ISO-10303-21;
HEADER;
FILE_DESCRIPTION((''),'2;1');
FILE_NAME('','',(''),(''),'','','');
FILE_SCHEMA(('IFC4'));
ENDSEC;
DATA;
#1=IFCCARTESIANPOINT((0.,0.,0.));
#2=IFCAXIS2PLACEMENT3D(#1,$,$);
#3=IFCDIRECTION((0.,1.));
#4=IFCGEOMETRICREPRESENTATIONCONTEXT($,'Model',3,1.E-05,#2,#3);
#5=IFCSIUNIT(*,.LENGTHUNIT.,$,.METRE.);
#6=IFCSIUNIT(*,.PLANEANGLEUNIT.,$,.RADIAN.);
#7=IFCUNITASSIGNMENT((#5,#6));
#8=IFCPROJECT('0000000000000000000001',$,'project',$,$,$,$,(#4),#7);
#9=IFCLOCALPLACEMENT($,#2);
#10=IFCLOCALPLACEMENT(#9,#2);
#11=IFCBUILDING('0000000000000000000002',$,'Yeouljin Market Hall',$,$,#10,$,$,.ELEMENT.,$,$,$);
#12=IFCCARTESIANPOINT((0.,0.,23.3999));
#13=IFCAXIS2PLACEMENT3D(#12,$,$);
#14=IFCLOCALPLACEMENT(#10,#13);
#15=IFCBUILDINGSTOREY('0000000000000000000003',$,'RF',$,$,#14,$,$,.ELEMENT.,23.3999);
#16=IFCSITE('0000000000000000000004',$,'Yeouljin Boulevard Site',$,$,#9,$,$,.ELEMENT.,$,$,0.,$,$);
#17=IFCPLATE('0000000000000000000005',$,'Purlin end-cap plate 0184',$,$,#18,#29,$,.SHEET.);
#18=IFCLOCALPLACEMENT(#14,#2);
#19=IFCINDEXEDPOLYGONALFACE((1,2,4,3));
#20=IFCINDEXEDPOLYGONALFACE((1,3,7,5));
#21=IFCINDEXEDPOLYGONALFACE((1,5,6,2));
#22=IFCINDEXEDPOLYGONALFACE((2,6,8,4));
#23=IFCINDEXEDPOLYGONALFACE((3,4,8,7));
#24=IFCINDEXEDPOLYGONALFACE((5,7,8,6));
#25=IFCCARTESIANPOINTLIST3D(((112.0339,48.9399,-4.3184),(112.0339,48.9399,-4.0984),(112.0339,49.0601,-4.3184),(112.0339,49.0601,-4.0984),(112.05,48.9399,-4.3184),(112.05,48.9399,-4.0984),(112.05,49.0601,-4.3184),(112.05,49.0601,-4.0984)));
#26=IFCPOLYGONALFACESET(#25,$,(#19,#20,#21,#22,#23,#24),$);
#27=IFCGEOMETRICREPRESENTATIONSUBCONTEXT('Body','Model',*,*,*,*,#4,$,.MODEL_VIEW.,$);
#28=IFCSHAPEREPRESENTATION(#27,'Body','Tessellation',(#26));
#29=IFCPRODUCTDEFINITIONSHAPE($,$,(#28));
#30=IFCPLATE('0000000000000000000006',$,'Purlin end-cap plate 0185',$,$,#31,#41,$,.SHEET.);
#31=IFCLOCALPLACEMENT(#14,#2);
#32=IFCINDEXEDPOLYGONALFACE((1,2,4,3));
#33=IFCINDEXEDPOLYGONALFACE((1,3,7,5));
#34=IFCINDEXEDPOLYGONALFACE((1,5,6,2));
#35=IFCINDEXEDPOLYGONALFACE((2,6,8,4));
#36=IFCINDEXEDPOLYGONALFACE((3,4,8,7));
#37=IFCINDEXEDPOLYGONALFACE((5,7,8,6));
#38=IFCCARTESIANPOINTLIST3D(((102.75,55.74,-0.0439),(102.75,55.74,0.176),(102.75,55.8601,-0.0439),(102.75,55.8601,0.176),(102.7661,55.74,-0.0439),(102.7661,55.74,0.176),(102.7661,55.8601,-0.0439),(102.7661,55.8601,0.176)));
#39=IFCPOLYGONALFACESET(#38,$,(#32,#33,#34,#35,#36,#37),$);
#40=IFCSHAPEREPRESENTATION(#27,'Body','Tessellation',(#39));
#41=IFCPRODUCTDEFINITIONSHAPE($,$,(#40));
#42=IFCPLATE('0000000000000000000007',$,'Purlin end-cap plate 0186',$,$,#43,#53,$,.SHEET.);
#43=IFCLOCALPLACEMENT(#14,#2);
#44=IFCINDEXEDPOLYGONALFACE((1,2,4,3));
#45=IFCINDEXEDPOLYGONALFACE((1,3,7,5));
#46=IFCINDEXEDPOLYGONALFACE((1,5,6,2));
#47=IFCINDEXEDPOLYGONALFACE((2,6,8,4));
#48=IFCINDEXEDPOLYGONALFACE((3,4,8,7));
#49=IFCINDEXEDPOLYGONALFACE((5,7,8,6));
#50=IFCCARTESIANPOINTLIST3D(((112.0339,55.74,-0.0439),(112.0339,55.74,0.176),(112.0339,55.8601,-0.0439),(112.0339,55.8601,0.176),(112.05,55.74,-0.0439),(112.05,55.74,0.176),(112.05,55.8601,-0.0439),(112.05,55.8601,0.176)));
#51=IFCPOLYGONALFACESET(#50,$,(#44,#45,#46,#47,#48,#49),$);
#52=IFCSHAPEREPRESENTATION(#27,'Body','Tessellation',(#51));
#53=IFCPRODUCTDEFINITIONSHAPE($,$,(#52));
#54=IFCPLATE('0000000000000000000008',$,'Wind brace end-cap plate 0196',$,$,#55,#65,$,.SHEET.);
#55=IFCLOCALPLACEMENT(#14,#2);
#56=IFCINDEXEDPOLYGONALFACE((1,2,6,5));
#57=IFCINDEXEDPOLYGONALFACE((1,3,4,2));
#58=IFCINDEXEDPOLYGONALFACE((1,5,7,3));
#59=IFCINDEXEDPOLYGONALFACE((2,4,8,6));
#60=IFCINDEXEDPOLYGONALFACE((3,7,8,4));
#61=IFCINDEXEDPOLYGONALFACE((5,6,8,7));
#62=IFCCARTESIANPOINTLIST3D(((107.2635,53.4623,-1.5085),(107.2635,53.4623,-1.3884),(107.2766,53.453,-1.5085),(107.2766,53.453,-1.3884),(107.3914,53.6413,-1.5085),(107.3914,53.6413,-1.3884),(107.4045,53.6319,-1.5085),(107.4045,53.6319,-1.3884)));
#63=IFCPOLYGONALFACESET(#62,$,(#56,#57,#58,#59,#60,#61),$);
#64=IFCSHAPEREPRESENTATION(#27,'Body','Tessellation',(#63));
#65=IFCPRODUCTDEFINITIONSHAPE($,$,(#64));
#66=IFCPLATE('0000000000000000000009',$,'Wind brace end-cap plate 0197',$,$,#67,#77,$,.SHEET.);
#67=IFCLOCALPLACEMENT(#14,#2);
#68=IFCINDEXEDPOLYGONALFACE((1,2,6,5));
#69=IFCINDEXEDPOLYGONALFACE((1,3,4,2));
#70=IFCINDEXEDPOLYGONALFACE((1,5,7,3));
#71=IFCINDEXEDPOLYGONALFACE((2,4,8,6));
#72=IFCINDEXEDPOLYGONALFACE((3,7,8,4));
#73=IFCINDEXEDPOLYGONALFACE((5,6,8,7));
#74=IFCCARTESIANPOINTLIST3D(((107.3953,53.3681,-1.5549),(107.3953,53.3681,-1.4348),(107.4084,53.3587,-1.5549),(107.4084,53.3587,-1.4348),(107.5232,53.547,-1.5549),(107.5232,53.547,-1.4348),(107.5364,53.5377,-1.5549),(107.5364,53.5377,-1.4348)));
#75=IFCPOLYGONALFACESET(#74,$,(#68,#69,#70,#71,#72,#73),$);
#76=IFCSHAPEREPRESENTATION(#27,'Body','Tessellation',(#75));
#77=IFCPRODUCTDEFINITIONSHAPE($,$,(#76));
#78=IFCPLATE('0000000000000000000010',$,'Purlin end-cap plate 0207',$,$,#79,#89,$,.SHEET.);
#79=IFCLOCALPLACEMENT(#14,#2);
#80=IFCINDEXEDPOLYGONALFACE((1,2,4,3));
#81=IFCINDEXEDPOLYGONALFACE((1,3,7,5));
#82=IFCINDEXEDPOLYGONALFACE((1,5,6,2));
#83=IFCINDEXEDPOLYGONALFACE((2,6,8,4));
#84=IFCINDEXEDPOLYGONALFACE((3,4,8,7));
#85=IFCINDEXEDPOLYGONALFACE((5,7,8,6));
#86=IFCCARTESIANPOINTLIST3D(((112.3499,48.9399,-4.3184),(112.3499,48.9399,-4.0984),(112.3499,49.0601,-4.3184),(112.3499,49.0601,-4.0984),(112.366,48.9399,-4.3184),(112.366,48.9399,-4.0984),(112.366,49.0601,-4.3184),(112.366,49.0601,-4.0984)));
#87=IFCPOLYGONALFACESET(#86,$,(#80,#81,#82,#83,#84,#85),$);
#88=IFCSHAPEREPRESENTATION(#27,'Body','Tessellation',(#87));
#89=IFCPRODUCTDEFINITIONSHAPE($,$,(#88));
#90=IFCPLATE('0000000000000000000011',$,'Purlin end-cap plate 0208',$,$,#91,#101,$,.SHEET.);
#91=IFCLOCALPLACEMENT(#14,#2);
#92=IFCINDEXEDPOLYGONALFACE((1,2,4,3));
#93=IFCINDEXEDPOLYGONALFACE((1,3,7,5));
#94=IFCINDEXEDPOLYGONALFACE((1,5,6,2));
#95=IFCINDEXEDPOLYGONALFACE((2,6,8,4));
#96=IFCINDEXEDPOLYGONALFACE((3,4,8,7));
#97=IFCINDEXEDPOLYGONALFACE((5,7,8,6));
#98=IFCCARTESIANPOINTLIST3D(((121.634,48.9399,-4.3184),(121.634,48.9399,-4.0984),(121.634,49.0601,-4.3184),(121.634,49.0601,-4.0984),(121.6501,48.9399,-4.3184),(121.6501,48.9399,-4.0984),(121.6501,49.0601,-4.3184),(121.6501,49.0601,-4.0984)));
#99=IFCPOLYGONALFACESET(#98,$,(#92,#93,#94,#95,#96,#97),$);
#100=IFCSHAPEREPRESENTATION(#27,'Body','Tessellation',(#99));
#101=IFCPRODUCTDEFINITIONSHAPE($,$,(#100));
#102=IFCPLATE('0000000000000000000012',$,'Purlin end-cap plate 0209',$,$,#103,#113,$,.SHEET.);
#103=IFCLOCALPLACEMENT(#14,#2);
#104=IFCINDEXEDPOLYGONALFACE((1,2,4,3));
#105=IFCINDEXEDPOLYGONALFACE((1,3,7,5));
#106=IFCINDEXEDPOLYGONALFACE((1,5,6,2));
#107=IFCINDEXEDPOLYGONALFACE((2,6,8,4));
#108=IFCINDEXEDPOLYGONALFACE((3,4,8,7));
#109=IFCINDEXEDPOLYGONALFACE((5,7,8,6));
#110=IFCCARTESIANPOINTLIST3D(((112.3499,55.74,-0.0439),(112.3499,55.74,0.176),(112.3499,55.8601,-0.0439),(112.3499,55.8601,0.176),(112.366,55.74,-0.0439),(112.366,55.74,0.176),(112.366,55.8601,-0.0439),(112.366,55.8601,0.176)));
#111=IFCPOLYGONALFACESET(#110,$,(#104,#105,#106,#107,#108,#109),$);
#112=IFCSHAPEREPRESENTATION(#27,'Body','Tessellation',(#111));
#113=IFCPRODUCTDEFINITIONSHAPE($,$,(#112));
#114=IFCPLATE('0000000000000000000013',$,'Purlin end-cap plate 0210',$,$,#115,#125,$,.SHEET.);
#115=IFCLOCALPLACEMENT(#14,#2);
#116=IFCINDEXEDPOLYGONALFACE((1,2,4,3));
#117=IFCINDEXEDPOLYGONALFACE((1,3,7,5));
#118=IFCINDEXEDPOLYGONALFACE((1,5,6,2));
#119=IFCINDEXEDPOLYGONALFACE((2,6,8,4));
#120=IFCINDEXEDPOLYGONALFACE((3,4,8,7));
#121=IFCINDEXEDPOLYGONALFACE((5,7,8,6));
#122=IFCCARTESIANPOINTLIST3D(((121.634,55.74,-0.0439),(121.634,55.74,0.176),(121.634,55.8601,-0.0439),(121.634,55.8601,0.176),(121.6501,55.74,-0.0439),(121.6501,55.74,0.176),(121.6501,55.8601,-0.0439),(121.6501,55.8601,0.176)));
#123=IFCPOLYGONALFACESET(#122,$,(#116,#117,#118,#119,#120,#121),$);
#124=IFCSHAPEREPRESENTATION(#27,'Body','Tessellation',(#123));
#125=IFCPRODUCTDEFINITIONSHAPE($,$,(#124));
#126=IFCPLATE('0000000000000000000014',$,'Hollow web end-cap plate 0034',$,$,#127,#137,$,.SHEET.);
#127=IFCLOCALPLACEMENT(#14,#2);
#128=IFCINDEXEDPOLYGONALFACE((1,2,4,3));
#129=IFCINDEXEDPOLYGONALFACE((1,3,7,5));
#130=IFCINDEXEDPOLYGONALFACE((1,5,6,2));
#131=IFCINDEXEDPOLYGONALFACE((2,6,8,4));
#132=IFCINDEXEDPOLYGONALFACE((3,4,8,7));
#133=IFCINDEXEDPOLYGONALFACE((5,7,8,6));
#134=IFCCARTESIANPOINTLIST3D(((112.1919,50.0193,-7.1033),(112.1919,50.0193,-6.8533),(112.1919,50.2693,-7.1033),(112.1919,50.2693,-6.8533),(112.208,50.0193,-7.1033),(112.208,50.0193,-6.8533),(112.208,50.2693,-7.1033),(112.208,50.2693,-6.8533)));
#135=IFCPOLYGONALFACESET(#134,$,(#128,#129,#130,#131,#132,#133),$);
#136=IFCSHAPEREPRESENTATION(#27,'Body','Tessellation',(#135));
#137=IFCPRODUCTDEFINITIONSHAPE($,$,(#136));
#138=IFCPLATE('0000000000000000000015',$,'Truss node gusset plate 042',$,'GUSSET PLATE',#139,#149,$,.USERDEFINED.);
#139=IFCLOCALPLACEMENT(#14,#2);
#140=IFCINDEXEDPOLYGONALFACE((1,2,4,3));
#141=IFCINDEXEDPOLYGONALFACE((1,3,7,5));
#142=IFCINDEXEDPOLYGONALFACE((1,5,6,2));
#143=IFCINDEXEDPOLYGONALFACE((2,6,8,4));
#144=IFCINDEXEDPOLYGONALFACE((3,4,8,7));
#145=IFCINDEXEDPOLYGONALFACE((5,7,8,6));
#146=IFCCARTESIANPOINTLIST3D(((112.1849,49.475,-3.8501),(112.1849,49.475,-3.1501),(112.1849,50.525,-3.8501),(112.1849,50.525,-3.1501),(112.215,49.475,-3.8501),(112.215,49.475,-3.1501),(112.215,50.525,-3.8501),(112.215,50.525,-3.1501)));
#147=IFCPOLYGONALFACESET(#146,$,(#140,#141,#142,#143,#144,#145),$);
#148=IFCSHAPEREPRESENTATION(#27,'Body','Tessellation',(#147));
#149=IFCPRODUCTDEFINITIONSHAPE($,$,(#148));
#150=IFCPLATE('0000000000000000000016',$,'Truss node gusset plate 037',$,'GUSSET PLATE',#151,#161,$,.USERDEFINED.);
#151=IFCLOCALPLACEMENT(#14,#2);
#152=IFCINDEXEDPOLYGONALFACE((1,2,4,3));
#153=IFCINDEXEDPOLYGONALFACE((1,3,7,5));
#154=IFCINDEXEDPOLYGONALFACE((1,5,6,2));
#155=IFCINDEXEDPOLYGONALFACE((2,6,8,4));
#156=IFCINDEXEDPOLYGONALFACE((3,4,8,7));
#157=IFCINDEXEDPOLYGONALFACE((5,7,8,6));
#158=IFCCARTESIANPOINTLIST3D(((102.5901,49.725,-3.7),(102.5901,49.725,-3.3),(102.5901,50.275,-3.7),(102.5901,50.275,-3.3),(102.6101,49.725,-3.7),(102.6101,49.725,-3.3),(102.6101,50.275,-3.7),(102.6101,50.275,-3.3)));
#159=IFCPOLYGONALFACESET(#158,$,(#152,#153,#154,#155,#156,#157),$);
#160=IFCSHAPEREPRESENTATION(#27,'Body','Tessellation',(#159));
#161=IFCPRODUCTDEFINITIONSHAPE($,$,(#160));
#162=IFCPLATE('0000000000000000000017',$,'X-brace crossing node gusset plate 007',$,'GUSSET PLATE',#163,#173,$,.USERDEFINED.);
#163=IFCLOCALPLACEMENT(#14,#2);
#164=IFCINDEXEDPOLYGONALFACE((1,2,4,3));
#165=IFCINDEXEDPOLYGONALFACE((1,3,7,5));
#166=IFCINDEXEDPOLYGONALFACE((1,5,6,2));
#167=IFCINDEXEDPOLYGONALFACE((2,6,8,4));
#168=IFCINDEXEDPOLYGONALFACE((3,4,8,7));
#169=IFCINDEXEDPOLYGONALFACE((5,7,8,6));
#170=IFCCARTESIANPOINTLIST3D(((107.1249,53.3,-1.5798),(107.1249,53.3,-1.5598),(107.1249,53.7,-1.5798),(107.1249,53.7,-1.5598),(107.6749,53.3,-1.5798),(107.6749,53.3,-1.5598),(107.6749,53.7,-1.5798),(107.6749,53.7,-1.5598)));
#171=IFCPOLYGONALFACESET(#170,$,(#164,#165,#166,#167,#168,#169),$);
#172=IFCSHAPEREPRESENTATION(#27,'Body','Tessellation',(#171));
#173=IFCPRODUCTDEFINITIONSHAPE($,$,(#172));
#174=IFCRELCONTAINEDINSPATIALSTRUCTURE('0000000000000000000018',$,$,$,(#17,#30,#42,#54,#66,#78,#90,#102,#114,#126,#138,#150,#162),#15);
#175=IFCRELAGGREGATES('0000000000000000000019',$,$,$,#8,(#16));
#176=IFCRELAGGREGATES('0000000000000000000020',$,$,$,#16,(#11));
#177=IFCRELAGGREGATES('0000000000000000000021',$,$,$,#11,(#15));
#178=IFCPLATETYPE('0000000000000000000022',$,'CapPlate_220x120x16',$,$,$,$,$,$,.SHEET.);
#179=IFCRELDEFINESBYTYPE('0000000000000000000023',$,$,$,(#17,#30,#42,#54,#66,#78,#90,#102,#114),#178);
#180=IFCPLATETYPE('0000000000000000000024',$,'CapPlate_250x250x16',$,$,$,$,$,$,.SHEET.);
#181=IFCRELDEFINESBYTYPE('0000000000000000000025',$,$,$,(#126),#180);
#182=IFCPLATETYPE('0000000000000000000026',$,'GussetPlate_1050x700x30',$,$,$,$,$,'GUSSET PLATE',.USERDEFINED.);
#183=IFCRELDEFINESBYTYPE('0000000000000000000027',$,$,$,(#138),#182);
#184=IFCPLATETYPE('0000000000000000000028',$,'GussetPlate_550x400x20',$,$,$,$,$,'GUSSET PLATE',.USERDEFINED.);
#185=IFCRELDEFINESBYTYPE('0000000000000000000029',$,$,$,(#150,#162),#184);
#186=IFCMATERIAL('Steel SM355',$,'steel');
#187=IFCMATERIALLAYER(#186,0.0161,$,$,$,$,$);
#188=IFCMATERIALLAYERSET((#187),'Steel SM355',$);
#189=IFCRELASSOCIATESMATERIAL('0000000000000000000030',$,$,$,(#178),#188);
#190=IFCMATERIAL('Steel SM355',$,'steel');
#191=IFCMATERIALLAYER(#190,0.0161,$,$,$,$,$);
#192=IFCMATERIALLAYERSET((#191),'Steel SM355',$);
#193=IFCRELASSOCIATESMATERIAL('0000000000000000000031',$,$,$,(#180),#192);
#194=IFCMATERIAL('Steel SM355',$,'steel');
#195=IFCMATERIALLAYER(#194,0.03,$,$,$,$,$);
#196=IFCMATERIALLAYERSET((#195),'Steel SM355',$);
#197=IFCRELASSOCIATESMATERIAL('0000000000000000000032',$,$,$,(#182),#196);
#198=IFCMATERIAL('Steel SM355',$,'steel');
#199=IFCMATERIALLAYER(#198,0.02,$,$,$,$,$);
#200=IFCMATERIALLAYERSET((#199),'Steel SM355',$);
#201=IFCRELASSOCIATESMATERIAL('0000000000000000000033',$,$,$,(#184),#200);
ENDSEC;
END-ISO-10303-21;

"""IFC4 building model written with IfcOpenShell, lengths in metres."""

from ifc_helpers import new_model, si_unit, direction, frame, origin, origin_2d, place, context, subcontext, project, spatial, rectangle, extrude, material, layer, layer_set, type_object, element, save


model = new_model("IFC4")

# Units and contexts
model_context = context("Model", 3, precision=1e-05, world=origin(), true_north=direction((0.0, 1.0)))
body_context = subcontext(model_context, "Body", "Model", "MODEL_VIEW")
ifc_project = project(units=[si_unit("LENGTHUNIT", "METRE"), si_unit("PLANEANGLEUNIT", "RADIAN")], contexts=[model_context])

# Site, building, storey
site_placement = place(None, origin())
site = spatial("IfcSite", under=ifc_project, at=site_placement, Name="Yeouljin Boulevard Site", CompositionType="ELEMENT", RefElevation=0.0)
building_placement = place(site_placement, origin())
building = spatial("IfcBuilding", under=site, at=building_placement, Name="Yeouljin Market Hall", CompositionType="ELEMENT")
storey_placement = place(building_placement, frame((0.0, 0.0, 23.3999)))
storey = spatial("IfcBuildingStorey", under=building, at=storey_placement, Name="RF", CompositionType="ELEMENT", Elevation=23.3999)

# Plates
ifc_material_1 = material(Name="Steel SM355", Category="steel")
ifc_layer_1 = layer(ifc_material_1, 0.0161)
ifc_layer_set_1 = layer_set([ifc_layer_1], Name="Steel SM355")
plate_type_1 = type_object("IfcPlateType", Name="CapPlate_220x120x16", PredefinedType="SHEET", material=ifc_layer_set_1)
for number, where, z_axis, x_axis, name in (
    (1, (112.042, 49.0, -4.3184), (0.0, 0.0, 1.0), (0.0, 1.0, 0.0), "Purlin end-cap plate 0184"),
    (2, (102.7581, 55.8, -0.0439), (0.0, 0.0, 1.0), (0.0, 1.0, 0.0), "Purlin end-cap plate 0185"),
    (3, (112.042, 55.8, -0.0439), (0.0, 0.0, 1.0), (0.0, 1.0, 0.0), "Purlin end-cap plate 0186"),
):
    element("IfcPlate", number, at=place(storey_placement, frame(where, z_axis=z_axis, x_axis=x_axis)), inside=storey, type_object=plate_type_1, Name=name, PredefinedType="SHEET", context=body_context, shape_type="SweptSolid", body=[
        extrude(rectangle(XDim=0.1201, YDim=0.0161, at=origin_2d()), origin(), (0.0, 0.0, 1.0), 0.22),
    ])
for number, where, z_axis, x_axis, name in (
    (4, (107.334, 53.5471, -1.5085), (0.0, 0.0, 1.0), (0.581697, 0.813405, 0.0), "Wind brace end-cap plate 0196"),
    (5, (107.4658, 53.4529, -1.5549), (0.0, 0.0, 1.0), (0.581697, 0.813405, 0.0), "Wind brace end-cap plate 0197"),
):
    element("IfcPlate", number, at=place(storey_placement, frame(where, z_axis=z_axis, x_axis=x_axis)), inside=storey, type_object=plate_type_1, Name=name, PredefinedType="SHEET", context=body_context, shape_type="SweptSolid", body=[
        extrude(rectangle(XDim=0.22, YDim=0.0161, at=origin_2d()), origin(), (0.0, 0.0, 1.0), 0.1201),
    ])
for number, where, z_axis, x_axis, name in (
    (6, (112.3579, 49.0, -4.3184), (0.0, 0.0, 1.0), (0.0, 1.0, 0.0), "Purlin end-cap plate 0207"),
    (7, (121.6421, 49.0, -4.3184), (0.0, 0.0, 1.0), (0.0, 1.0, 0.0), "Purlin end-cap plate 0208"),
    (8, (112.3579, 55.8, -0.0439), (0.0, 0.0, 1.0), (0.0, 1.0, 0.0), "Purlin end-cap plate 0209"),
    (9, (121.6421, 55.8, -0.0439), (0.0, 0.0, 1.0), (0.0, 1.0, 0.0), "Purlin end-cap plate 0210"),
):
    element("IfcPlate", number, at=place(storey_placement, frame(where, z_axis=z_axis, x_axis=x_axis)), inside=storey, type_object=plate_type_1, Name=name, PredefinedType="SHEET", context=body_context, shape_type="SweptSolid", body=[
        extrude(rectangle(XDim=0.1201, YDim=0.0161, at=origin_2d()), origin(), (0.0, 0.0, 1.0), 0.22),
    ])
ifc_material_2 = material(Name="Steel SM355", Category="steel")
ifc_layer_2 = layer(ifc_material_2, 0.0161)
ifc_layer_set_2 = layer_set([ifc_layer_2], Name="Steel SM355")
plate_type_2 = type_object("IfcPlateType", Name="CapPlate_250x250x16", PredefinedType="SHEET", material=ifc_layer_set_2)
plate_1_placement = place(storey_placement, frame((112.2, 50.1443, -7.1033), z_axis=(0.0, 0.0, 1.0), x_axis=(0.0, 1.0, 0.0)))
element("IfcPlate", 10, at=plate_1_placement, inside=storey, type_object=plate_type_2, Name="Hollow web end-cap plate 0034", PredefinedType="SHEET", context=body_context, shape_type="SweptSolid", body=[
    extrude(rectangle(XDim=0.25, YDim=0.0161, at=origin_2d()), origin(), (0.0, 0.0, 1.0), 0.25),
])
ifc_material_3 = material(Name="Steel SM355", Category="steel")
ifc_layer_3 = layer(ifc_material_3, 0.03)
ifc_layer_set_3 = layer_set([ifc_layer_3], Name="Steel SM355")
plate_type_3 = type_object("IfcPlateType", Name="GussetPlate_1050x700x30", ElementType="GUSSET PLATE", PredefinedType="USERDEFINED", material=ifc_layer_set_3)
plate_2_placement = place(storey_placement, frame((112.2, 50.0, -3.8501), z_axis=(0.0, 0.0, 1.0), x_axis=(0.0, 1.0, 0.0)))
element("IfcPlate", 11, at=plate_2_placement, inside=storey, type_object=plate_type_3, Name="Truss node gusset plate 042", ObjectType="GUSSET PLATE", PredefinedType="USERDEFINED", context=body_context, shape_type="SweptSolid", body=[
    extrude(rectangle(XDim=1.05, YDim=0.03, at=origin_2d()), origin(), (0.0, 0.0, 1.0), 0.7),
])
ifc_material_4 = material(Name="Steel SM355", Category="steel")
ifc_layer_4 = layer(ifc_material_4, 0.02)
ifc_layer_set_4 = layer_set([ifc_layer_4], Name="Steel SM355")
plate_type_4 = type_object("IfcPlateType", Name="GussetPlate_550x400x20", ElementType="GUSSET PLATE", PredefinedType="USERDEFINED", material=ifc_layer_set_4)
plate_3_placement = place(storey_placement, frame((102.6001, 50.0, -3.7), z_axis=(0.0, 0.0, 1.0), x_axis=(0.0, 1.0, 0.0)))
element("IfcPlate", 12, at=plate_3_placement, inside=storey, type_object=plate_type_4, Name="Truss node gusset plate 037", ObjectType="GUSSET PLATE", PredefinedType="USERDEFINED", context=body_context, shape_type="SweptSolid", body=[
    extrude(rectangle(XDim=0.55, YDim=0.02, at=origin_2d()), origin(), (0.0, 0.0, 1.0), 0.3999),
])
plate_4_placement = place(storey_placement, frame((107.3999, 53.5, -1.5798), z_axis=(0.0, 0.0, 1.0), x_axis=(1.0, 0.0, 0.0)))
element("IfcPlate", 13, at=plate_4_placement, inside=storey, type_object=plate_type_4, Name="X-brace crossing node gusset plate 007", ObjectType="GUSSET PLATE", PredefinedType="USERDEFINED", context=body_context, shape_type="SweptSolid", body=[
    extrude(rectangle(XDim=0.55, YDim=0.3999, at=origin_2d()), origin(), (0.0, 0.0, 1.0), 0.02),
])

save(model, "model.ifc")
